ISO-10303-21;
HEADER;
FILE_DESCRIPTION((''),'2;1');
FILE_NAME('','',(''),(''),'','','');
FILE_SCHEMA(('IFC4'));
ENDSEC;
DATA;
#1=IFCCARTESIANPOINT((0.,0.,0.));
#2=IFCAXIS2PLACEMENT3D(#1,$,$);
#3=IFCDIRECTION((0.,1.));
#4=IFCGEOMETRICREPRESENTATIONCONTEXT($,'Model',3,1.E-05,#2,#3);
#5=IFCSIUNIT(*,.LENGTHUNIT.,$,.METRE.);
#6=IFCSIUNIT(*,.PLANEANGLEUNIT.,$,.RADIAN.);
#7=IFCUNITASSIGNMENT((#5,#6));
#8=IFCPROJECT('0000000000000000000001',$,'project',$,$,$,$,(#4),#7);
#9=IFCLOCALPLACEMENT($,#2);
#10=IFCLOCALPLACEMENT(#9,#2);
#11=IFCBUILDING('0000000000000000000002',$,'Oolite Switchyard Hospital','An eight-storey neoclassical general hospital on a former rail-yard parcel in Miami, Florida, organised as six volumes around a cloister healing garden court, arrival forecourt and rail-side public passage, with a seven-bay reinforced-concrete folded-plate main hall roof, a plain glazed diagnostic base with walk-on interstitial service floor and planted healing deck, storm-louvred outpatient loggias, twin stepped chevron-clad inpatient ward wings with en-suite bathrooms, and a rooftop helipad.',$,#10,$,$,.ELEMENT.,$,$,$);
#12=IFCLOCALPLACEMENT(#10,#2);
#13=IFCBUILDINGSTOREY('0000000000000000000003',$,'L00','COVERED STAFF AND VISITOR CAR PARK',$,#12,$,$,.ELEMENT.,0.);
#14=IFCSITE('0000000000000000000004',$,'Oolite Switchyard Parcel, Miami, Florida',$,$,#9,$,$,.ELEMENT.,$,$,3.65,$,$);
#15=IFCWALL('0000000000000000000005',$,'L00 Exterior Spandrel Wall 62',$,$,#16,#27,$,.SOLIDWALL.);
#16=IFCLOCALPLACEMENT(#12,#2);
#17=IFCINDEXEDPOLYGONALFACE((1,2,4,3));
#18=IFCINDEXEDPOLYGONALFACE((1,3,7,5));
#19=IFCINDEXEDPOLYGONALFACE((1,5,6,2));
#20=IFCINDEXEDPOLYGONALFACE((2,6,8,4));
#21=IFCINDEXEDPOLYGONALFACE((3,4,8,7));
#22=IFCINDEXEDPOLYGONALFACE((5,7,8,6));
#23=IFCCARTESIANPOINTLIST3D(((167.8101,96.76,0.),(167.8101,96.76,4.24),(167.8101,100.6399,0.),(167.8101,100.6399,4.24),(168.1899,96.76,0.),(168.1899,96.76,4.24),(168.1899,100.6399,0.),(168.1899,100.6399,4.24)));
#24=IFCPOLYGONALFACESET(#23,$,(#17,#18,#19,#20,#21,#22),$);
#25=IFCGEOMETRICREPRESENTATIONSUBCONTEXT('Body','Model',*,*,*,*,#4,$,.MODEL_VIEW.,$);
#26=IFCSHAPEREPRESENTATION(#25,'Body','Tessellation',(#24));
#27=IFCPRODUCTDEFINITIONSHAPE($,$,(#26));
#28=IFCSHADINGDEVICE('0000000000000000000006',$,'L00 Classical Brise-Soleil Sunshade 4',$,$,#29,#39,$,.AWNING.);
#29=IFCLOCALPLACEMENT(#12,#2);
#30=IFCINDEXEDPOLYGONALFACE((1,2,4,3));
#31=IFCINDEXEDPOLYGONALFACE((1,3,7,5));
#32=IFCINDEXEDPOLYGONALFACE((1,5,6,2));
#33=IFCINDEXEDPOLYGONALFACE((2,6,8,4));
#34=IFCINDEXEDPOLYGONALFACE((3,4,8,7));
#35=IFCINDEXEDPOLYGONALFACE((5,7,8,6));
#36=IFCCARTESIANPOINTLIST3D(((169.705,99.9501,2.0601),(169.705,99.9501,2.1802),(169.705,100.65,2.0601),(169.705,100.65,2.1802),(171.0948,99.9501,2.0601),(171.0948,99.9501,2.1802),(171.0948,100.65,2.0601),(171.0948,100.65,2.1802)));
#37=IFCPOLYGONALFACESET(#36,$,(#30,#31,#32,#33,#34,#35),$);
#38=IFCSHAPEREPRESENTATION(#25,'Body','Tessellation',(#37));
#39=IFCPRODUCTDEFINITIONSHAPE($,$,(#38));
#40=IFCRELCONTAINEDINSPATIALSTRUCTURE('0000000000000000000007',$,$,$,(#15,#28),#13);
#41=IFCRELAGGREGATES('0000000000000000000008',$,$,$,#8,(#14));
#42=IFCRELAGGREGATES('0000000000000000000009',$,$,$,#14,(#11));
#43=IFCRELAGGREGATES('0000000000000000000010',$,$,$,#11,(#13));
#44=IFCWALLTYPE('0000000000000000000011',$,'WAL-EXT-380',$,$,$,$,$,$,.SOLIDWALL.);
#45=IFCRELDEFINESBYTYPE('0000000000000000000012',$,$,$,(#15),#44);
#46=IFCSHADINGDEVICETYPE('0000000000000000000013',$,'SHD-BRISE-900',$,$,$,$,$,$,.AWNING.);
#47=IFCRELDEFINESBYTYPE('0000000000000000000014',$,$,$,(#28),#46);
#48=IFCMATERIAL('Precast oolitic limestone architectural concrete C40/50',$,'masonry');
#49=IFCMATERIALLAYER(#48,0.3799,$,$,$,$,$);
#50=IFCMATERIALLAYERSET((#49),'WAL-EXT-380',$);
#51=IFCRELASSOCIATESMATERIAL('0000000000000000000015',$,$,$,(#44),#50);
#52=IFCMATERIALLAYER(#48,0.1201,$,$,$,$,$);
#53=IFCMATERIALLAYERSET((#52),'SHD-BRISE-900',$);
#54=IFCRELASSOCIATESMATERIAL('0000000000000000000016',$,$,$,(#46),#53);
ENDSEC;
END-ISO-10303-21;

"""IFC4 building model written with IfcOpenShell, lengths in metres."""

from ifc_helpers import new_model, si_unit, direction, frame, frame_2d, origin, origin_2d, place, context, subcontext, project, spatial, rectangle, extrude, material, layer, layer_set, type_object, element, save


model = new_model("IFC4")

# Units and contexts
model_context = context("Model", 3, precision=1e-05, world=origin(), true_north=direction((0.0, 1.0)))
body_context = subcontext(model_context, "Body", "Model", "MODEL_VIEW")
ifc_project = project(units=[si_unit("LENGTHUNIT", "METRE"), si_unit("PLANEANGLEUNIT", "RADIAN")], contexts=[model_context])

# Site, building, storey
site_placement = place(None, origin())
site = spatial("IfcSite", under=ifc_project, at=site_placement, Name="Oolite Switchyard Parcel, Miami, Florida", CompositionType="ELEMENT", RefElevation=3.65)
building_placement = place(site_placement, origin())
building = spatial("IfcBuilding", under=site, at=building_placement, Name="Oolite Switchyard Hospital", Description="An eight-storey neoclassical general hospital on a former rail-yard parcel in Miami, Florida, organised as six volumes around a cloister healing garden court, arrival forecourt and rail-side public passage, with a seven-bay reinforced-concrete folded-plate main hall roof, a plain glazed diagnostic base with walk-on interstitial service floor and planted healing deck, storm-louvred outpatient loggias, twin stepped chevron-clad inpatient ward wings with en-suite bathrooms, and a rooftop helipad.", CompositionType="ELEMENT")
storey_placement = place(building_placement, origin())
storey = spatial("IfcBuildingStorey", under=building, at=storey_placement, Name="L00", Description="COVERED STAFF AND VISITOR CAR PARK", CompositionType="ELEMENT", Elevation=0.0)

# Wall
ifc_material_1 = material(Name="Precast oolitic limestone architectural concrete C40/50", Category="masonry")
ifc_layer_1 = layer(ifc_material_1, 0.3799)
ifc_layer_set_1 = layer_set([ifc_layer_1], Name="WAL-EXT-380")
wall_type = type_object("IfcWallType", Name="WAL-EXT-380", PredefinedType="SOLIDWALL", material=ifc_layer_set_1)
wall_placement = place(storey_placement, frame((168.0, 100.6399, 0.0), z_axis=(0.0, 0.0, 1.0), x_axis=(0.0, -1.0, 0.0)))
element("IfcWall", 1, at=wall_placement, inside=storey, type_object=wall_type, Name="L00 Exterior Spandrel Wall 62", PredefinedType="SOLIDWALL", context=body_context, shape_type="SweptSolid", body=[
    extrude(rectangle(XDim=3.8799, YDim=0.3799, at=frame_2d((1.9399, 0.0))), origin(), (0.0, 0.0, 1.0), 4.24),
])

# Shading device
ifc_layer_2 = layer(ifc_material_1, 0.1201)
ifc_layer_set_2 = layer_set([ifc_layer_2], Name="SHD-BRISE-900")
shading_device_type = type_object("IfcShadingDeviceType", Name="SHD-BRISE-900", PredefinedType="AWNING", material=ifc_layer_set_2)
shading_device_placement = place(storey_placement, frame((170.3999, 100.3, 2.0601), z_axis=(0.0, 0.0, 1.0), x_axis=(1.0, 0.0, 0.0)))
element("IfcShadingDevice", 2, at=shading_device_placement, inside=storey, type_object=shading_device_type, Name="L00 Classical Brise-Soleil Sunshade 4", PredefinedType="AWNING", context=body_context, shape_type="SweptSolid", body=[
    extrude(rectangle(XDim=1.3899, YDim=0.7, at=origin_2d()), origin(), (0.0, 0.0, 1.0), 0.1201),
])

save(model, "model.ifc")
